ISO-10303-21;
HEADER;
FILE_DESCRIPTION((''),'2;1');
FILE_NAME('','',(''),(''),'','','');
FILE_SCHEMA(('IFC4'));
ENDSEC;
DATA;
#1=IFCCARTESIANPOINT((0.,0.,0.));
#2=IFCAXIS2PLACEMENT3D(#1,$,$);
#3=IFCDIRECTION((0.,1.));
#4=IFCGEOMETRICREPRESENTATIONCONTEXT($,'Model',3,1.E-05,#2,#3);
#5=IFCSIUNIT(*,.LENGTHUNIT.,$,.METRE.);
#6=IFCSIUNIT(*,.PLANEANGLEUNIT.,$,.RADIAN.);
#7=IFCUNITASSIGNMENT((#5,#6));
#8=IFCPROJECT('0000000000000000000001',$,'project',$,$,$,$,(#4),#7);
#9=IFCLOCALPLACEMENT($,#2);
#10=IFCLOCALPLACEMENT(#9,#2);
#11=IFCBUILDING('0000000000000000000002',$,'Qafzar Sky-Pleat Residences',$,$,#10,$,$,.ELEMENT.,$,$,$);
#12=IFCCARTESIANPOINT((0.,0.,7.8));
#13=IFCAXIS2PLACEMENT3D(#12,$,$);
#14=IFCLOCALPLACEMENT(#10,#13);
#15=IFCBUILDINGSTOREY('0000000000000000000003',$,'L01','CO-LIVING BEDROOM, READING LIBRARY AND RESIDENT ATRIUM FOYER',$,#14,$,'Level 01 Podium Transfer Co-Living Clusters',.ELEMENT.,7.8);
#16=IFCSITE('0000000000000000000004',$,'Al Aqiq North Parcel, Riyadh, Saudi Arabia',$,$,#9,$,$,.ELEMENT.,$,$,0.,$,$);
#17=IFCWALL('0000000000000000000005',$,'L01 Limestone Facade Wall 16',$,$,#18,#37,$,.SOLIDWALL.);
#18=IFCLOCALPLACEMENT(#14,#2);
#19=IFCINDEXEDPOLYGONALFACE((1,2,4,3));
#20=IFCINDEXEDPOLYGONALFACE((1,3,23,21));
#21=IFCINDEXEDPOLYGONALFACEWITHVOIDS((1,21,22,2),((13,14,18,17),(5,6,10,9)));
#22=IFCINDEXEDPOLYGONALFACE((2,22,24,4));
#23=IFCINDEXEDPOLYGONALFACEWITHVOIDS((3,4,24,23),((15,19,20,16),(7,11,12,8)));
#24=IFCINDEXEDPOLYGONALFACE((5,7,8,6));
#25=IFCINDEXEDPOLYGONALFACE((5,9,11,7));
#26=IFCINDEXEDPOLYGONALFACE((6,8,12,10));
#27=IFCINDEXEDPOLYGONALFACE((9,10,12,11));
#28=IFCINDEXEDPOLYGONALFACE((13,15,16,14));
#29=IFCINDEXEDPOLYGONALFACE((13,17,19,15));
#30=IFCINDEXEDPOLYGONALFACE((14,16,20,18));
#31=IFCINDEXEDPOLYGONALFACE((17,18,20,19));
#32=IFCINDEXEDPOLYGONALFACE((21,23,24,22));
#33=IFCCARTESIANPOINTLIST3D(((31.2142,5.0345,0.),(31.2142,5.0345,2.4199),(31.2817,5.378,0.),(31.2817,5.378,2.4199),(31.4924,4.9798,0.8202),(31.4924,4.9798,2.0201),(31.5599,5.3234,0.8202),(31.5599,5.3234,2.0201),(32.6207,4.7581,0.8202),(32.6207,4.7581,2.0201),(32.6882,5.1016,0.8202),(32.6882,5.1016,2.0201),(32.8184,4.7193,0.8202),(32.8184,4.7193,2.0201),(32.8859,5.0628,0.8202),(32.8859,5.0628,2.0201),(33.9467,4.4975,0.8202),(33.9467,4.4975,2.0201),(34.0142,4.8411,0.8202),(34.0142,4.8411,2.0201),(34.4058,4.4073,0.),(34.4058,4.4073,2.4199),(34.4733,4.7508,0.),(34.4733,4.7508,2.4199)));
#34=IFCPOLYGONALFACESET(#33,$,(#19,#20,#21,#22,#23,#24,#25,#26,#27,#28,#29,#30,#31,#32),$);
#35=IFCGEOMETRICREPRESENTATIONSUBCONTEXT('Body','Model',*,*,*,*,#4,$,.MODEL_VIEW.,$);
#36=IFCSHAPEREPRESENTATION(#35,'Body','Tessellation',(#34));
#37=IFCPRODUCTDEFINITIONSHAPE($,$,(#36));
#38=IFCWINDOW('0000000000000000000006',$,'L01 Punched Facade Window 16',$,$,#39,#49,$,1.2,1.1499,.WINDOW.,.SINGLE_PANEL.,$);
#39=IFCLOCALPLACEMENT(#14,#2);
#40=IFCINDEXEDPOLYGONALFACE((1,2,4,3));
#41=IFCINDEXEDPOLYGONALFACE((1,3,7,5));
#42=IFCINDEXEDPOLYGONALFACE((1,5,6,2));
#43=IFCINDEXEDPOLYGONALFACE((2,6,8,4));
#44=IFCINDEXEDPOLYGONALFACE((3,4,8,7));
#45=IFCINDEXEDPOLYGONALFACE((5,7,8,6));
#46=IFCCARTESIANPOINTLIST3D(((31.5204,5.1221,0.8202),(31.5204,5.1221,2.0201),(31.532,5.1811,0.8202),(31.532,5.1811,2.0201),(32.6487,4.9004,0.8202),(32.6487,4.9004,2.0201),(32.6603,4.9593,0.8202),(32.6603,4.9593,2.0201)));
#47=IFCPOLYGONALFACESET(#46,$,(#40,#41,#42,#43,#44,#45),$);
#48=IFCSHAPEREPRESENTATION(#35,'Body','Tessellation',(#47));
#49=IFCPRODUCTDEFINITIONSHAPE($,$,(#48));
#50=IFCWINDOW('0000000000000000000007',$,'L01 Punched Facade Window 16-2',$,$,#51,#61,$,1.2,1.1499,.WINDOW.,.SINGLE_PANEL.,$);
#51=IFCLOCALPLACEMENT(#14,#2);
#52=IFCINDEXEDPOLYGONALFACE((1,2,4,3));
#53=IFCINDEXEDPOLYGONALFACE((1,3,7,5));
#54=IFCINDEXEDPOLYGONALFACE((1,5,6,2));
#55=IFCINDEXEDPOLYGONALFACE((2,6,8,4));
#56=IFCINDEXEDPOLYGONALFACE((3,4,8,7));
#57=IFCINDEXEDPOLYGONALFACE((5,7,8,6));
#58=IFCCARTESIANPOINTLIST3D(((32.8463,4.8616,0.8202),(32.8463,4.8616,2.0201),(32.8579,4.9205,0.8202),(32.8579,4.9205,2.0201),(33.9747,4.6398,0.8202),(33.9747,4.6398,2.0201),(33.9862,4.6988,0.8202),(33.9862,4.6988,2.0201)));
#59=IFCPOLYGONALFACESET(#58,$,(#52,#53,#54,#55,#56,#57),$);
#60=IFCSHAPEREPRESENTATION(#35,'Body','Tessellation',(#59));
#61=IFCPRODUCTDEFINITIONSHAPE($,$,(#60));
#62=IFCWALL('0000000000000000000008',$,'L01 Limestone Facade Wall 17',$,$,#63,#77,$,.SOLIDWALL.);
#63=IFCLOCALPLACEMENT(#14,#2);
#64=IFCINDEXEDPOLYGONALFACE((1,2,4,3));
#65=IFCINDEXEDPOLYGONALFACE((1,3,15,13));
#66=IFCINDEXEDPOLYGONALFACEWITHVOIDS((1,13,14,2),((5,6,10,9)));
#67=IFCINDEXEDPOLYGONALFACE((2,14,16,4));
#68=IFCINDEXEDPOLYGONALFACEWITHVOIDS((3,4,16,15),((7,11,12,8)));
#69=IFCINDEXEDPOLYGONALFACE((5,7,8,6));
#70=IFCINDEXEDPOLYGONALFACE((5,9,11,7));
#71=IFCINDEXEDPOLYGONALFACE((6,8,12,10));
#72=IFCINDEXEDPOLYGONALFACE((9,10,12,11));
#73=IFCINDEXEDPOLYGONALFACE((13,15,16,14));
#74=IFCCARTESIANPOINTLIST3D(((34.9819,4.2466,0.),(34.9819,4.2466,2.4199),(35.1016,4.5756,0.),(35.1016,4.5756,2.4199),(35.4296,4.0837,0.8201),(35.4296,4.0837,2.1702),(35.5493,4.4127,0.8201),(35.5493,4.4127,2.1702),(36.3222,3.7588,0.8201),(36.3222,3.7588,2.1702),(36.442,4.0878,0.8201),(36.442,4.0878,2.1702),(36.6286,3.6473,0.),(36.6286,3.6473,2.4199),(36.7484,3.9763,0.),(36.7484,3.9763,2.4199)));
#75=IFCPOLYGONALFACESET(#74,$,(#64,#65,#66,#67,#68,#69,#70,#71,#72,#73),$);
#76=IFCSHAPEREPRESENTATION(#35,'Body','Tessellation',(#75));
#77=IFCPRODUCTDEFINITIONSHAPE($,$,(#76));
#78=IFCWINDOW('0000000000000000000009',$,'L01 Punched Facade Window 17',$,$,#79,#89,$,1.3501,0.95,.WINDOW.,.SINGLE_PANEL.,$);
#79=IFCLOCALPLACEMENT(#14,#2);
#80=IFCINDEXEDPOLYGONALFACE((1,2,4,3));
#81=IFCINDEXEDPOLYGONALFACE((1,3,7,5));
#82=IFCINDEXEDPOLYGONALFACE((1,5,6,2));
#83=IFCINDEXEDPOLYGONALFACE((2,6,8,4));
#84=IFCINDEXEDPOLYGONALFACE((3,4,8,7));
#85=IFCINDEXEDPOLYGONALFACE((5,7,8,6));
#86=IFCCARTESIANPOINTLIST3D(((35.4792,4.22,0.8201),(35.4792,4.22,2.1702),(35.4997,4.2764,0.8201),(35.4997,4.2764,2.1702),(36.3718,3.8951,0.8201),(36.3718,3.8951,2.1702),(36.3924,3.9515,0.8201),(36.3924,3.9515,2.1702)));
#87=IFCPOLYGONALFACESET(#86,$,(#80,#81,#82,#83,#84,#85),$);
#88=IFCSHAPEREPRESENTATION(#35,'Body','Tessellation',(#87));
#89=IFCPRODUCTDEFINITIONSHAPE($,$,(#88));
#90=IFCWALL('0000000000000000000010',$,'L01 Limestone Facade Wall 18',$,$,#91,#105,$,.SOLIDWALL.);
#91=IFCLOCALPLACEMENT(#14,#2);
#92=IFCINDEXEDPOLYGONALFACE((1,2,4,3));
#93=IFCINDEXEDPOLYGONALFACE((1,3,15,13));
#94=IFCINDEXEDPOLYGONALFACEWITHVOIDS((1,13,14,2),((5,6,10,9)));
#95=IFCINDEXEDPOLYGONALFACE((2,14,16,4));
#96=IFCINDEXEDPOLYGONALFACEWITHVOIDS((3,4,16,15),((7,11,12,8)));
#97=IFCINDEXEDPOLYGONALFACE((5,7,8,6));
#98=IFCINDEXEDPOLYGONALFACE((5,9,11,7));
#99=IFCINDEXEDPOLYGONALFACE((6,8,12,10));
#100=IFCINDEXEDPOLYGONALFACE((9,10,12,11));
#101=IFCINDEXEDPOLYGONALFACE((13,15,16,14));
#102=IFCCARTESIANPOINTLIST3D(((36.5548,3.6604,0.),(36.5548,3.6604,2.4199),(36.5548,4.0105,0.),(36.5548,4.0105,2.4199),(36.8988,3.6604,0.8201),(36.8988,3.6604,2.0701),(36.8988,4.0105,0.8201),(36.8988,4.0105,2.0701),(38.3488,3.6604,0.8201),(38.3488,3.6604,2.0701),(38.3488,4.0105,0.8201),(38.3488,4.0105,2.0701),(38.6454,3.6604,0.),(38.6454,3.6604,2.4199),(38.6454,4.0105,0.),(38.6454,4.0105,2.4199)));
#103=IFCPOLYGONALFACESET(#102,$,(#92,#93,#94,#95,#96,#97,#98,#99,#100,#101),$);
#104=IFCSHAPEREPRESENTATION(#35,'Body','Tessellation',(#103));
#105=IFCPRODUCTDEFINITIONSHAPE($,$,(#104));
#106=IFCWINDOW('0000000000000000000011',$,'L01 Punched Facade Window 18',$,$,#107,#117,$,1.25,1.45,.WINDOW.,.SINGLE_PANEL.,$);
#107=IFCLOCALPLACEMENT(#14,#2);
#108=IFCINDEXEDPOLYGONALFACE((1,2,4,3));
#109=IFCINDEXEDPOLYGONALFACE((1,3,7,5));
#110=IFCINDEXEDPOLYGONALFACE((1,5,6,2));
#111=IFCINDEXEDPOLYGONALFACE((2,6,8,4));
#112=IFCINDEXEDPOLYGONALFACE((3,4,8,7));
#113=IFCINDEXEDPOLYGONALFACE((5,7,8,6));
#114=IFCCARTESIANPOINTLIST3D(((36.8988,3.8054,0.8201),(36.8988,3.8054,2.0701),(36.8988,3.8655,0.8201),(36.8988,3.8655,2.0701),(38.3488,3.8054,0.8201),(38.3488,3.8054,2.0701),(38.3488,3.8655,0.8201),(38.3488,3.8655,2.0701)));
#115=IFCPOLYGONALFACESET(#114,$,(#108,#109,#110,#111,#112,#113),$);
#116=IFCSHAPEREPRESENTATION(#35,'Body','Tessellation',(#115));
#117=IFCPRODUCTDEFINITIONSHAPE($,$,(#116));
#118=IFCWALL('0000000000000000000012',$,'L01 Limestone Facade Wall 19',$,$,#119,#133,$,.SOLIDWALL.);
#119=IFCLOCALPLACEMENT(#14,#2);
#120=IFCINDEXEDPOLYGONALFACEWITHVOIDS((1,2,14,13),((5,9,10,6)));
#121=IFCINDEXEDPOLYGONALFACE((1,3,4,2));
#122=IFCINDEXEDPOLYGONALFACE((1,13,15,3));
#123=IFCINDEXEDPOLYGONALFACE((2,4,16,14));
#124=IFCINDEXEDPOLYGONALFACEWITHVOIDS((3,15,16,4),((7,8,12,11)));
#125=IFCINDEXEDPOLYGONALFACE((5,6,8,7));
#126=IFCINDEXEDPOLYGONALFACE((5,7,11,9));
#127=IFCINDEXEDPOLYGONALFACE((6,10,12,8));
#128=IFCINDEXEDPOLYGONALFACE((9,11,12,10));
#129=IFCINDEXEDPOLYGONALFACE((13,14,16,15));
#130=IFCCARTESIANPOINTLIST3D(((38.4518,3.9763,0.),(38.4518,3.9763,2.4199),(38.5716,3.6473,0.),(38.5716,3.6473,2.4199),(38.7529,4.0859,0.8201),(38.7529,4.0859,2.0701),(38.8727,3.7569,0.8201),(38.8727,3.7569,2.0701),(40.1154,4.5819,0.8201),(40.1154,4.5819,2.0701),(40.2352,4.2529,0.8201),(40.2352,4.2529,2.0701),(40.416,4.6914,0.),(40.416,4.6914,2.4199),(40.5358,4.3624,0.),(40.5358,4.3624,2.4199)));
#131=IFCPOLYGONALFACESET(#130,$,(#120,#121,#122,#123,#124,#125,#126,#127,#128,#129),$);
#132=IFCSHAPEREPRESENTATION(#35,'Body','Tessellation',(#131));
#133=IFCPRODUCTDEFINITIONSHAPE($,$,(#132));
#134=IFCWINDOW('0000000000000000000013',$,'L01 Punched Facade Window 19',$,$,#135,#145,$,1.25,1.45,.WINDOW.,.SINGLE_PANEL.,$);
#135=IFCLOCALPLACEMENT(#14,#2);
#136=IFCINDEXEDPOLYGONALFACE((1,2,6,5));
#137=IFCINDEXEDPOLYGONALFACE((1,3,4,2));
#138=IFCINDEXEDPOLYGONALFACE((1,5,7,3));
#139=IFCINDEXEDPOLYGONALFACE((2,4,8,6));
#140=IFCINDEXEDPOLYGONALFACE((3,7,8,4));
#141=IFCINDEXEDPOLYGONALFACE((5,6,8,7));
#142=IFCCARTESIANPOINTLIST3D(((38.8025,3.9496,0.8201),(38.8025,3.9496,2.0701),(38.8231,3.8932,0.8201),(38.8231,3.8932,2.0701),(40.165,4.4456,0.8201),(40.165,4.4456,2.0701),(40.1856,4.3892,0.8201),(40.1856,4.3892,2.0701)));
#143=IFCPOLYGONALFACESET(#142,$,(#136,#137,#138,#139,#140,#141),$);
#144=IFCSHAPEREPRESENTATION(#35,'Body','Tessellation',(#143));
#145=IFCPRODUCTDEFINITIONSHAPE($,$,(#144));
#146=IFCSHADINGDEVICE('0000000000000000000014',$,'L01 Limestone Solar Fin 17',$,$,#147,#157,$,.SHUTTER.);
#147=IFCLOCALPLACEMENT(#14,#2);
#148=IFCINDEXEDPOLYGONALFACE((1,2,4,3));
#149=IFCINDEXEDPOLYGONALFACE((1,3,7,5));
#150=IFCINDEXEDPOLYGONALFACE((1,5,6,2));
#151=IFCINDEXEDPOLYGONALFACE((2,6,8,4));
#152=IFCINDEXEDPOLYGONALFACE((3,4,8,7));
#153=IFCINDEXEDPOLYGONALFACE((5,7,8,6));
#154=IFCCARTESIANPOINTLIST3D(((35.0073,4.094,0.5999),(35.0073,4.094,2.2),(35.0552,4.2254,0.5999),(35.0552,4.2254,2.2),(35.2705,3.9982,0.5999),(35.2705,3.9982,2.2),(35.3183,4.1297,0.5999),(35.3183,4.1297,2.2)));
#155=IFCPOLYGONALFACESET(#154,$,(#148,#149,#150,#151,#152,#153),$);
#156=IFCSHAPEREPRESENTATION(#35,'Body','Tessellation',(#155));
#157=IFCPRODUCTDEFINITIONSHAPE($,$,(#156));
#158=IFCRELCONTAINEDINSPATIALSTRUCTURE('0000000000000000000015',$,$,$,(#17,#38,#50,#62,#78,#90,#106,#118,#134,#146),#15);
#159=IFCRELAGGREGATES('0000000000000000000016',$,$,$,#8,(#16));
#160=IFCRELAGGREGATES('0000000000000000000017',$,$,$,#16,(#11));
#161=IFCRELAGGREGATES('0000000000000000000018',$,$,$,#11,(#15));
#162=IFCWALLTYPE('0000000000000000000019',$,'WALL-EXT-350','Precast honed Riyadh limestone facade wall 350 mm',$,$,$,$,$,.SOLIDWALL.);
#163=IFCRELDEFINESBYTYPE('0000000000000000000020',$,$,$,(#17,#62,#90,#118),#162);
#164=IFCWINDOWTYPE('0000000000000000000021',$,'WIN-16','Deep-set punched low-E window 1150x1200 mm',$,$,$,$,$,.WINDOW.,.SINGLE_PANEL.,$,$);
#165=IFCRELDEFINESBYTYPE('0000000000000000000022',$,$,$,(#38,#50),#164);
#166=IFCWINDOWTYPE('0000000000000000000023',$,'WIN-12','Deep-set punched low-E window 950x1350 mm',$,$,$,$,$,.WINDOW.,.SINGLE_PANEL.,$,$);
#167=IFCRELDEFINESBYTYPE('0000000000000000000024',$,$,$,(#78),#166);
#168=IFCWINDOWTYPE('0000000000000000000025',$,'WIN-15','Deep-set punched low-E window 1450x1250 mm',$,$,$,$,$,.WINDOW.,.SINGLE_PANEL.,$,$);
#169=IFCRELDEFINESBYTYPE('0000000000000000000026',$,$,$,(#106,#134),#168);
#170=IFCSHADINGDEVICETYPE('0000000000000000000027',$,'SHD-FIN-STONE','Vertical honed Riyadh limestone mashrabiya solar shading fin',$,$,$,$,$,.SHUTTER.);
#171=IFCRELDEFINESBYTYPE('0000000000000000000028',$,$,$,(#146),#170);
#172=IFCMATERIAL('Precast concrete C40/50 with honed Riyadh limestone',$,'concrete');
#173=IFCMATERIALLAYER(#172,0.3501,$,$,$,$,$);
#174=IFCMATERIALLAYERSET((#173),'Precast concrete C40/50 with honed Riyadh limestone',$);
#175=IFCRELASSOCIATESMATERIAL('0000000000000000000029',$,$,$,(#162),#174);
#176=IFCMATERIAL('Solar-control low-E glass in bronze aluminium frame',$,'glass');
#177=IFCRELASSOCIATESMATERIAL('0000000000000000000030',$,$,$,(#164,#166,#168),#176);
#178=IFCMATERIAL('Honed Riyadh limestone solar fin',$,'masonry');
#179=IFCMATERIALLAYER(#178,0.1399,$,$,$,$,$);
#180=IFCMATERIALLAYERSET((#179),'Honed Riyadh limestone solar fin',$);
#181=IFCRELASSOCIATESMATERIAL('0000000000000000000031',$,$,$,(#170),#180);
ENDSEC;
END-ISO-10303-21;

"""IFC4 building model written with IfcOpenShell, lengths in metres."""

from ifc_helpers import new_model, si_unit, direction, frame, frame_2d, origin, origin_2d, place, context, subcontext, project, spatial, rectangle, extrude, source, transform, mapped, material, layer, layer_set, type_object, element, fill, save


model = new_model("IFC4")

# Units and contexts
model_context = context("Model", 3, precision=1e-05, world=origin(), true_north=direction((0.0, 1.0)))
body_context = subcontext(model_context, "Body", "Model", "MODEL_VIEW")
ifc_project = project(units=[si_unit("LENGTHUNIT", "METRE"), si_unit("PLANEANGLEUNIT", "RADIAN")], contexts=[model_context])

# Site, building, storey
site_placement = place(None, origin())
site = spatial("IfcSite", under=ifc_project, at=site_placement, Name="Al Aqiq North Parcel, Riyadh, Saudi Arabia", CompositionType="ELEMENT", RefElevation=0.0)
building_placement = place(site_placement, origin())
building = spatial("IfcBuilding", under=site, at=building_placement, Name="Qafzar Sky-Pleat Residences", CompositionType="ELEMENT")
storey_placement = place(building_placement, frame((0.0, 0.0, 7.8)))
storey = spatial("IfcBuildingStorey", under=building, at=storey_placement, Name="L01", Description="CO-LIVING BEDROOM, READING LIBRARY AND RESIDENT ATRIUM FOYER", LongName="Level 01 Podium Transfer Co-Living Clusters", CompositionType="ELEMENT", Elevation=7.8)

# Wall, openings, windows
ifc_material_1 = material(Name="Precast concrete C40/50 with honed Riyadh limestone", Category="concrete")
ifc_layer_1 = layer(ifc_material_1, 0.3501)
ifc_layer_set_1 = layer_set([ifc_layer_1], Name="Precast concrete C40/50 with honed Riyadh limestone")
wall_type_1 = type_object("IfcWallType", Name="WALL-EXT-350", Description="Precast honed Riyadh limestone facade wall 350 mm", PredefinedType="SOLIDWALL", material=ifc_layer_set_1)
wall_1_placement = place(storey_placement, frame((31.2478, 5.2063, 0.0), z_axis=(0.0, 0.0, 1.0), x_axis=(0.981233, -0.192824, 0.0)))
wall_1 = element("IfcWall", 1, at=wall_1_placement, inside=storey, type_object=wall_type_1, Name="L01 Limestone Facade Wall 16", PredefinedType="SOLIDWALL", context=body_context, shape_type="SweptSolid", body=[
    extrude(rectangle(XDim=3.2527, YDim=0.3501, at=frame_2d((1.6265, 0.0))), origin(), (0.0, 0.0, 1.0), 2.4199),
])
opening_1_placement = place(wall_1_placement, frame((0.2837, 0.0, 0.8201)))
opening_1 = element("IfcOpeningElement", 2, at=opening_1_placement, cuts=wall_1, PredefinedType="OPENING", context=body_context, shape_type="SweptSolid", body=[
    extrude(rectangle(XDim=1.1499, YDim=1.2, at=frame_2d((0.575, 0.6001))), frame((0.0, 0.1851, 0.0), z_axis=(0.0, -1.0, 0.0), x_axis=(1.0, 0.0, 0.0)), (0.0, 0.0, 1.0), 0.3701),
])
opening_2_placement = place(wall_1_placement, frame((1.635, 0.0, 0.8201)))
opening_2 = element("IfcOpeningElement", 3, at=opening_2_placement, cuts=wall_1, PredefinedType="OPENING", context=body_context, shape_type="SweptSolid", body=[
    extrude(rectangle(XDim=1.1499, YDim=1.2, at=frame_2d((0.575, 0.6001))), frame((0.0, 0.1851, 0.0), z_axis=(0.0, -1.0, 0.0), x_axis=(1.0, 0.0, 0.0)), (0.0, 0.0, 1.0), 0.3701),
])
ifc_material_2 = material(Name="Solar-control low-E glass in bronze aluminium frame", Category="glass")
window_type_1 = type_object("IfcWindowType", Name="WIN-16", Description="Deep-set punched low-E window 1150x1200 mm", PartitioningType="SINGLE_PANEL", PredefinedType="WINDOW", material=ifc_material_2)
shared_shape_1 = source(origin(), body_context, "Body", "SweptSolid", [
    extrude(rectangle(XDim=1.1499, YDim=1.2, at=frame_2d((0.575, 0.6001))), frame((0.0, 0.03, 0.0), z_axis=(0.0, -1.0, 0.0), x_axis=(1.0, 0.0, 0.0)), (0.0, 0.0, 1.0), 0.0601),
])
window_1_placement = place(opening_1_placement, origin())
window_1 = element("IfcWindow", 4, at=window_1_placement, inside=storey, type_object=window_type_1, Name="L01 Punched Facade Window 16", OverallHeight=1.2, OverallWidth=1.1499, PartitioningType="SINGLE_PANEL", PredefinedType="WINDOW", context=body_context, shape_type="MappedRepresentation", body=[
    mapped(shared_shape_1, transform((0.0, 0.0, 0.0), x_axis=(1.0, 0.0, 0.0), y_axis=(0.0, 1.0, 0.0), z_axis=(0.0, 0.0, 1.0), scale=1.0)),
])
fill(opening_1, window_1)
window_2_placement = place(opening_2_placement, origin())
window_2 = element("IfcWindow", 5, at=window_2_placement, inside=storey, type_object=window_type_1, Name="L01 Punched Facade Window 16-2", OverallHeight=1.2, OverallWidth=1.1499, PartitioningType="SINGLE_PANEL", PredefinedType="WINDOW", context=body_context, shape_type="MappedRepresentation", body=[
    mapped(shared_shape_1, transform((0.0, 0.0, 0.0), x_axis=(1.0, 0.0, 0.0), y_axis=(0.0, 1.0, 0.0), z_axis=(0.0, 0.0, 1.0), scale=1.0)),
])
fill(opening_2, window_2)

# Walls, openings, windows
wall_2_placement = place(storey_placement, frame((35.0417, 4.4111, 0.0), z_axis=(0.0, 0.0, 1.0), x_axis=(0.939692, -0.342023, 0.0)))
wall_2 = element("IfcWall", 6, at=wall_2_placement, inside=storey, type_object=wall_type_1, Name="L01 Limestone Facade Wall 17", PredefinedType="SOLIDWALL", context=body_context, shape_type="SweptSolid", body=[
    extrude(rectangle(XDim=1.7524, YDim=0.3501, at=frame_2d((0.8762, 0.0))), origin(), (0.0, 0.0, 1.0), 2.4199),
])
opening_3_placement = place(wall_2_placement, frame((0.4763, 0.0, 0.8201)))
opening_3 = element("IfcOpeningElement", 7, at=opening_3_placement, cuts=wall_2, PredefinedType="OPENING", context=body_context, shape_type="SweptSolid", body=[
    extrude(rectangle(XDim=0.95, YDim=1.3501, at=frame_2d((0.4751, 0.675))), frame((0.0, 0.1851, 0.0), z_axis=(0.0, -1.0, 0.0), x_axis=(1.0, 0.0, 0.0)), (0.0, 0.0, 1.0), 0.3701),
])
window_type_2 = type_object("IfcWindowType", Name="WIN-12", Description="Deep-set punched low-E window 950x1350 mm", PartitioningType="SINGLE_PANEL", PredefinedType="WINDOW", material=ifc_material_2)
shared_shape_2 = source(origin(), body_context, "Body", "SweptSolid", [
    extrude(rectangle(XDim=0.95, YDim=1.3501, at=frame_2d((0.4751, 0.675))), frame((0.0, 0.03, 0.0), z_axis=(0.0, -1.0, 0.0), x_axis=(1.0, 0.0, 0.0)), (0.0, 0.0, 1.0), 0.0601),
])
window_3_placement = place(opening_3_placement, origin())
window_3 = element("IfcWindow", 8, at=window_3_placement, inside=storey, type_object=window_type_2, Name="L01 Punched Facade Window 17", OverallHeight=1.3501, OverallWidth=0.95, PartitioningType="SINGLE_PANEL", PredefinedType="WINDOW", context=body_context, shape_type="MappedRepresentation", body=[
    mapped(shared_shape_2, transform((0.0, 0.0, 0.0), x_axis=(1.0, 0.0, 0.0), y_axis=(0.0, 1.0, 0.0), z_axis=(0.0, 0.0, 1.0), scale=1.0)),
])
fill(opening_3, window_3)
wall_3_placement = place(storey_placement, frame((36.5547, 3.8354, 0.0), z_axis=(0.0, 0.0, 1.0), x_axis=(1.0, 0.0, 0.0)))
wall_3 = element("IfcWall", 9, at=wall_3_placement, inside=storey, type_object=wall_type_1, Name="L01 Limestone Facade Wall 18", PredefinedType="SOLIDWALL", context=body_context, shape_type="SweptSolid", body=[
    extrude(rectangle(XDim=2.0906, YDim=0.3501, at=frame_2d((1.0454, 0.0))), origin(), (0.0, 0.0, 1.0), 2.4199),
])
opening_4_placement = place(wall_3_placement, frame((0.344, 0.0, 0.8201)))
opening_4 = element("IfcOpeningElement", 10, at=opening_4_placement, cuts=wall_3, PredefinedType="OPENING", context=body_context, shape_type="SweptSolid", body=[
    extrude(rectangle(XDim=1.45, YDim=1.25, at=frame_2d((0.7251, 0.625))), frame((0.0, 0.1851, 0.0), z_axis=(0.0, -1.0, 0.0), x_axis=(1.0, 0.0, 0.0)), (0.0, 0.0, 1.0), 0.3701),
])
window_type_3 = type_object("IfcWindowType", Name="WIN-15", Description="Deep-set punched low-E window 1450x1250 mm", PartitioningType="SINGLE_PANEL", PredefinedType="WINDOW", material=ifc_material_2)
shared_shape_3 = source(origin(), body_context, "Body", "SweptSolid", [
    extrude(rectangle(XDim=1.45, YDim=1.25, at=frame_2d((0.7251, 0.625))), frame((0.0, 0.03, 0.0), z_axis=(0.0, -1.0, 0.0), x_axis=(1.0, 0.0, 0.0)), (0.0, 0.0, 1.0), 0.0601),
])
window_4_placement = place(opening_4_placement, origin())
window_4 = element("IfcWindow", 11, at=window_4_placement, inside=storey, type_object=window_type_3, Name="L01 Punched Facade Window 18", OverallHeight=1.25, OverallWidth=1.45, PartitioningType="SINGLE_PANEL", PredefinedType="WINDOW", context=body_context, shape_type="MappedRepresentation", body=[
    mapped(shared_shape_3, transform((0.0, 0.0, 0.0), x_axis=(1.0, 0.0, 0.0), y_axis=(0.0, 1.0, 0.0), z_axis=(0.0, 0.0, 1.0), scale=1.0)),
])
fill(opening_4, window_4)
wall_4_placement = place(storey_placement, frame((38.5117, 3.8118, 0.0), z_axis=(0.0, 0.0, 1.0), x_axis=(0.93966, 0.342109, 0.0)))
wall_4 = element("IfcWall", 12, at=wall_4_placement, inside=storey, type_object=wall_type_1, Name="L01 Limestone Facade Wall 19", PredefinedType="SOLIDWALL", context=body_context, shape_type="SweptSolid", body=[
    extrude(rectangle(XDim=2.0903, YDim=0.3501, at=frame_2d((1.0452, 0.0))), origin(), (0.0, 0.0, 1.0), 2.4199),
])
opening_5_placement = place(wall_4_placement, frame((0.3203, 0.0, 0.8201)))
opening_5 = element("IfcOpeningElement", 13, at=opening_5_placement, cuts=wall_4, PredefinedType="OPENING", context=body_context, shape_type="SweptSolid", body=[
    extrude(rectangle(XDim=1.45, YDim=1.25, at=frame_2d((0.7251, 0.625))), frame((0.0, 0.1851, 0.0), z_axis=(0.0, -1.0, 0.0), x_axis=(1.0, 0.0, 0.0)), (0.0, 0.0, 1.0), 0.3701),
])
window_5_placement = place(opening_5_placement, origin())
window_5 = element("IfcWindow", 14, at=window_5_placement, inside=storey, type_object=window_type_3, Name="L01 Punched Facade Window 19", OverallHeight=1.25, OverallWidth=1.45, PartitioningType="SINGLE_PANEL", PredefinedType="WINDOW", context=body_context, shape_type="MappedRepresentation", body=[
    mapped(shared_shape_3, transform((0.0, 0.0, 0.0), x_axis=(1.0, 0.0, 0.0), y_axis=(0.0, 1.0, 0.0), z_axis=(0.0, 0.0, 1.0), scale=1.0)),
])
fill(opening_5, window_5)

# Shading device
ifc_material_3 = material(Name="Honed Riyadh limestone solar fin", Category="masonry")
ifc_layer_2 = layer(ifc_material_3, 0.1399)
ifc_layer_set_2 = layer_set([ifc_layer_2], Name="Honed Riyadh limestone solar fin")
shading_device_type = type_object("IfcShadingDeviceType", Name="SHD-FIN-STONE", Description="Vertical honed Riyadh limestone mashrabiya solar shading fin", PredefinedType="SHUTTER", material=ifc_layer_set_2)
shared_shape_4 = source(origin(), body_context, "Body", "SweptSolid", [
    extrude(rectangle(XDim=0.1399, YDim=0.28, at=origin_2d()), origin(), (0.0, 0.0, 1.0), 1.6001),
])
shading_device_placement = place(storey_placement, frame((35.1628, 4.1118, 0.5999), z_axis=(0.0, 0.0, 1.0), x_axis=(-0.342054, -0.93968, 0.0)))
element("IfcShadingDevice", 15, at=shading_device_placement, inside=storey, type_object=shading_device_type, Name="L01 Limestone Solar Fin 17", PredefinedType="SHUTTER", context=body_context, shape_type="MappedRepresentation", body=[
    mapped(shared_shape_4, transform((0.0, 0.0, 0.0), x_axis=(1.0, 0.0, 0.0), y_axis=(0.0, 1.0, 0.0), z_axis=(0.0, 0.0, 1.0), scale=1.0)),
])

save(model, "model.ifc")
